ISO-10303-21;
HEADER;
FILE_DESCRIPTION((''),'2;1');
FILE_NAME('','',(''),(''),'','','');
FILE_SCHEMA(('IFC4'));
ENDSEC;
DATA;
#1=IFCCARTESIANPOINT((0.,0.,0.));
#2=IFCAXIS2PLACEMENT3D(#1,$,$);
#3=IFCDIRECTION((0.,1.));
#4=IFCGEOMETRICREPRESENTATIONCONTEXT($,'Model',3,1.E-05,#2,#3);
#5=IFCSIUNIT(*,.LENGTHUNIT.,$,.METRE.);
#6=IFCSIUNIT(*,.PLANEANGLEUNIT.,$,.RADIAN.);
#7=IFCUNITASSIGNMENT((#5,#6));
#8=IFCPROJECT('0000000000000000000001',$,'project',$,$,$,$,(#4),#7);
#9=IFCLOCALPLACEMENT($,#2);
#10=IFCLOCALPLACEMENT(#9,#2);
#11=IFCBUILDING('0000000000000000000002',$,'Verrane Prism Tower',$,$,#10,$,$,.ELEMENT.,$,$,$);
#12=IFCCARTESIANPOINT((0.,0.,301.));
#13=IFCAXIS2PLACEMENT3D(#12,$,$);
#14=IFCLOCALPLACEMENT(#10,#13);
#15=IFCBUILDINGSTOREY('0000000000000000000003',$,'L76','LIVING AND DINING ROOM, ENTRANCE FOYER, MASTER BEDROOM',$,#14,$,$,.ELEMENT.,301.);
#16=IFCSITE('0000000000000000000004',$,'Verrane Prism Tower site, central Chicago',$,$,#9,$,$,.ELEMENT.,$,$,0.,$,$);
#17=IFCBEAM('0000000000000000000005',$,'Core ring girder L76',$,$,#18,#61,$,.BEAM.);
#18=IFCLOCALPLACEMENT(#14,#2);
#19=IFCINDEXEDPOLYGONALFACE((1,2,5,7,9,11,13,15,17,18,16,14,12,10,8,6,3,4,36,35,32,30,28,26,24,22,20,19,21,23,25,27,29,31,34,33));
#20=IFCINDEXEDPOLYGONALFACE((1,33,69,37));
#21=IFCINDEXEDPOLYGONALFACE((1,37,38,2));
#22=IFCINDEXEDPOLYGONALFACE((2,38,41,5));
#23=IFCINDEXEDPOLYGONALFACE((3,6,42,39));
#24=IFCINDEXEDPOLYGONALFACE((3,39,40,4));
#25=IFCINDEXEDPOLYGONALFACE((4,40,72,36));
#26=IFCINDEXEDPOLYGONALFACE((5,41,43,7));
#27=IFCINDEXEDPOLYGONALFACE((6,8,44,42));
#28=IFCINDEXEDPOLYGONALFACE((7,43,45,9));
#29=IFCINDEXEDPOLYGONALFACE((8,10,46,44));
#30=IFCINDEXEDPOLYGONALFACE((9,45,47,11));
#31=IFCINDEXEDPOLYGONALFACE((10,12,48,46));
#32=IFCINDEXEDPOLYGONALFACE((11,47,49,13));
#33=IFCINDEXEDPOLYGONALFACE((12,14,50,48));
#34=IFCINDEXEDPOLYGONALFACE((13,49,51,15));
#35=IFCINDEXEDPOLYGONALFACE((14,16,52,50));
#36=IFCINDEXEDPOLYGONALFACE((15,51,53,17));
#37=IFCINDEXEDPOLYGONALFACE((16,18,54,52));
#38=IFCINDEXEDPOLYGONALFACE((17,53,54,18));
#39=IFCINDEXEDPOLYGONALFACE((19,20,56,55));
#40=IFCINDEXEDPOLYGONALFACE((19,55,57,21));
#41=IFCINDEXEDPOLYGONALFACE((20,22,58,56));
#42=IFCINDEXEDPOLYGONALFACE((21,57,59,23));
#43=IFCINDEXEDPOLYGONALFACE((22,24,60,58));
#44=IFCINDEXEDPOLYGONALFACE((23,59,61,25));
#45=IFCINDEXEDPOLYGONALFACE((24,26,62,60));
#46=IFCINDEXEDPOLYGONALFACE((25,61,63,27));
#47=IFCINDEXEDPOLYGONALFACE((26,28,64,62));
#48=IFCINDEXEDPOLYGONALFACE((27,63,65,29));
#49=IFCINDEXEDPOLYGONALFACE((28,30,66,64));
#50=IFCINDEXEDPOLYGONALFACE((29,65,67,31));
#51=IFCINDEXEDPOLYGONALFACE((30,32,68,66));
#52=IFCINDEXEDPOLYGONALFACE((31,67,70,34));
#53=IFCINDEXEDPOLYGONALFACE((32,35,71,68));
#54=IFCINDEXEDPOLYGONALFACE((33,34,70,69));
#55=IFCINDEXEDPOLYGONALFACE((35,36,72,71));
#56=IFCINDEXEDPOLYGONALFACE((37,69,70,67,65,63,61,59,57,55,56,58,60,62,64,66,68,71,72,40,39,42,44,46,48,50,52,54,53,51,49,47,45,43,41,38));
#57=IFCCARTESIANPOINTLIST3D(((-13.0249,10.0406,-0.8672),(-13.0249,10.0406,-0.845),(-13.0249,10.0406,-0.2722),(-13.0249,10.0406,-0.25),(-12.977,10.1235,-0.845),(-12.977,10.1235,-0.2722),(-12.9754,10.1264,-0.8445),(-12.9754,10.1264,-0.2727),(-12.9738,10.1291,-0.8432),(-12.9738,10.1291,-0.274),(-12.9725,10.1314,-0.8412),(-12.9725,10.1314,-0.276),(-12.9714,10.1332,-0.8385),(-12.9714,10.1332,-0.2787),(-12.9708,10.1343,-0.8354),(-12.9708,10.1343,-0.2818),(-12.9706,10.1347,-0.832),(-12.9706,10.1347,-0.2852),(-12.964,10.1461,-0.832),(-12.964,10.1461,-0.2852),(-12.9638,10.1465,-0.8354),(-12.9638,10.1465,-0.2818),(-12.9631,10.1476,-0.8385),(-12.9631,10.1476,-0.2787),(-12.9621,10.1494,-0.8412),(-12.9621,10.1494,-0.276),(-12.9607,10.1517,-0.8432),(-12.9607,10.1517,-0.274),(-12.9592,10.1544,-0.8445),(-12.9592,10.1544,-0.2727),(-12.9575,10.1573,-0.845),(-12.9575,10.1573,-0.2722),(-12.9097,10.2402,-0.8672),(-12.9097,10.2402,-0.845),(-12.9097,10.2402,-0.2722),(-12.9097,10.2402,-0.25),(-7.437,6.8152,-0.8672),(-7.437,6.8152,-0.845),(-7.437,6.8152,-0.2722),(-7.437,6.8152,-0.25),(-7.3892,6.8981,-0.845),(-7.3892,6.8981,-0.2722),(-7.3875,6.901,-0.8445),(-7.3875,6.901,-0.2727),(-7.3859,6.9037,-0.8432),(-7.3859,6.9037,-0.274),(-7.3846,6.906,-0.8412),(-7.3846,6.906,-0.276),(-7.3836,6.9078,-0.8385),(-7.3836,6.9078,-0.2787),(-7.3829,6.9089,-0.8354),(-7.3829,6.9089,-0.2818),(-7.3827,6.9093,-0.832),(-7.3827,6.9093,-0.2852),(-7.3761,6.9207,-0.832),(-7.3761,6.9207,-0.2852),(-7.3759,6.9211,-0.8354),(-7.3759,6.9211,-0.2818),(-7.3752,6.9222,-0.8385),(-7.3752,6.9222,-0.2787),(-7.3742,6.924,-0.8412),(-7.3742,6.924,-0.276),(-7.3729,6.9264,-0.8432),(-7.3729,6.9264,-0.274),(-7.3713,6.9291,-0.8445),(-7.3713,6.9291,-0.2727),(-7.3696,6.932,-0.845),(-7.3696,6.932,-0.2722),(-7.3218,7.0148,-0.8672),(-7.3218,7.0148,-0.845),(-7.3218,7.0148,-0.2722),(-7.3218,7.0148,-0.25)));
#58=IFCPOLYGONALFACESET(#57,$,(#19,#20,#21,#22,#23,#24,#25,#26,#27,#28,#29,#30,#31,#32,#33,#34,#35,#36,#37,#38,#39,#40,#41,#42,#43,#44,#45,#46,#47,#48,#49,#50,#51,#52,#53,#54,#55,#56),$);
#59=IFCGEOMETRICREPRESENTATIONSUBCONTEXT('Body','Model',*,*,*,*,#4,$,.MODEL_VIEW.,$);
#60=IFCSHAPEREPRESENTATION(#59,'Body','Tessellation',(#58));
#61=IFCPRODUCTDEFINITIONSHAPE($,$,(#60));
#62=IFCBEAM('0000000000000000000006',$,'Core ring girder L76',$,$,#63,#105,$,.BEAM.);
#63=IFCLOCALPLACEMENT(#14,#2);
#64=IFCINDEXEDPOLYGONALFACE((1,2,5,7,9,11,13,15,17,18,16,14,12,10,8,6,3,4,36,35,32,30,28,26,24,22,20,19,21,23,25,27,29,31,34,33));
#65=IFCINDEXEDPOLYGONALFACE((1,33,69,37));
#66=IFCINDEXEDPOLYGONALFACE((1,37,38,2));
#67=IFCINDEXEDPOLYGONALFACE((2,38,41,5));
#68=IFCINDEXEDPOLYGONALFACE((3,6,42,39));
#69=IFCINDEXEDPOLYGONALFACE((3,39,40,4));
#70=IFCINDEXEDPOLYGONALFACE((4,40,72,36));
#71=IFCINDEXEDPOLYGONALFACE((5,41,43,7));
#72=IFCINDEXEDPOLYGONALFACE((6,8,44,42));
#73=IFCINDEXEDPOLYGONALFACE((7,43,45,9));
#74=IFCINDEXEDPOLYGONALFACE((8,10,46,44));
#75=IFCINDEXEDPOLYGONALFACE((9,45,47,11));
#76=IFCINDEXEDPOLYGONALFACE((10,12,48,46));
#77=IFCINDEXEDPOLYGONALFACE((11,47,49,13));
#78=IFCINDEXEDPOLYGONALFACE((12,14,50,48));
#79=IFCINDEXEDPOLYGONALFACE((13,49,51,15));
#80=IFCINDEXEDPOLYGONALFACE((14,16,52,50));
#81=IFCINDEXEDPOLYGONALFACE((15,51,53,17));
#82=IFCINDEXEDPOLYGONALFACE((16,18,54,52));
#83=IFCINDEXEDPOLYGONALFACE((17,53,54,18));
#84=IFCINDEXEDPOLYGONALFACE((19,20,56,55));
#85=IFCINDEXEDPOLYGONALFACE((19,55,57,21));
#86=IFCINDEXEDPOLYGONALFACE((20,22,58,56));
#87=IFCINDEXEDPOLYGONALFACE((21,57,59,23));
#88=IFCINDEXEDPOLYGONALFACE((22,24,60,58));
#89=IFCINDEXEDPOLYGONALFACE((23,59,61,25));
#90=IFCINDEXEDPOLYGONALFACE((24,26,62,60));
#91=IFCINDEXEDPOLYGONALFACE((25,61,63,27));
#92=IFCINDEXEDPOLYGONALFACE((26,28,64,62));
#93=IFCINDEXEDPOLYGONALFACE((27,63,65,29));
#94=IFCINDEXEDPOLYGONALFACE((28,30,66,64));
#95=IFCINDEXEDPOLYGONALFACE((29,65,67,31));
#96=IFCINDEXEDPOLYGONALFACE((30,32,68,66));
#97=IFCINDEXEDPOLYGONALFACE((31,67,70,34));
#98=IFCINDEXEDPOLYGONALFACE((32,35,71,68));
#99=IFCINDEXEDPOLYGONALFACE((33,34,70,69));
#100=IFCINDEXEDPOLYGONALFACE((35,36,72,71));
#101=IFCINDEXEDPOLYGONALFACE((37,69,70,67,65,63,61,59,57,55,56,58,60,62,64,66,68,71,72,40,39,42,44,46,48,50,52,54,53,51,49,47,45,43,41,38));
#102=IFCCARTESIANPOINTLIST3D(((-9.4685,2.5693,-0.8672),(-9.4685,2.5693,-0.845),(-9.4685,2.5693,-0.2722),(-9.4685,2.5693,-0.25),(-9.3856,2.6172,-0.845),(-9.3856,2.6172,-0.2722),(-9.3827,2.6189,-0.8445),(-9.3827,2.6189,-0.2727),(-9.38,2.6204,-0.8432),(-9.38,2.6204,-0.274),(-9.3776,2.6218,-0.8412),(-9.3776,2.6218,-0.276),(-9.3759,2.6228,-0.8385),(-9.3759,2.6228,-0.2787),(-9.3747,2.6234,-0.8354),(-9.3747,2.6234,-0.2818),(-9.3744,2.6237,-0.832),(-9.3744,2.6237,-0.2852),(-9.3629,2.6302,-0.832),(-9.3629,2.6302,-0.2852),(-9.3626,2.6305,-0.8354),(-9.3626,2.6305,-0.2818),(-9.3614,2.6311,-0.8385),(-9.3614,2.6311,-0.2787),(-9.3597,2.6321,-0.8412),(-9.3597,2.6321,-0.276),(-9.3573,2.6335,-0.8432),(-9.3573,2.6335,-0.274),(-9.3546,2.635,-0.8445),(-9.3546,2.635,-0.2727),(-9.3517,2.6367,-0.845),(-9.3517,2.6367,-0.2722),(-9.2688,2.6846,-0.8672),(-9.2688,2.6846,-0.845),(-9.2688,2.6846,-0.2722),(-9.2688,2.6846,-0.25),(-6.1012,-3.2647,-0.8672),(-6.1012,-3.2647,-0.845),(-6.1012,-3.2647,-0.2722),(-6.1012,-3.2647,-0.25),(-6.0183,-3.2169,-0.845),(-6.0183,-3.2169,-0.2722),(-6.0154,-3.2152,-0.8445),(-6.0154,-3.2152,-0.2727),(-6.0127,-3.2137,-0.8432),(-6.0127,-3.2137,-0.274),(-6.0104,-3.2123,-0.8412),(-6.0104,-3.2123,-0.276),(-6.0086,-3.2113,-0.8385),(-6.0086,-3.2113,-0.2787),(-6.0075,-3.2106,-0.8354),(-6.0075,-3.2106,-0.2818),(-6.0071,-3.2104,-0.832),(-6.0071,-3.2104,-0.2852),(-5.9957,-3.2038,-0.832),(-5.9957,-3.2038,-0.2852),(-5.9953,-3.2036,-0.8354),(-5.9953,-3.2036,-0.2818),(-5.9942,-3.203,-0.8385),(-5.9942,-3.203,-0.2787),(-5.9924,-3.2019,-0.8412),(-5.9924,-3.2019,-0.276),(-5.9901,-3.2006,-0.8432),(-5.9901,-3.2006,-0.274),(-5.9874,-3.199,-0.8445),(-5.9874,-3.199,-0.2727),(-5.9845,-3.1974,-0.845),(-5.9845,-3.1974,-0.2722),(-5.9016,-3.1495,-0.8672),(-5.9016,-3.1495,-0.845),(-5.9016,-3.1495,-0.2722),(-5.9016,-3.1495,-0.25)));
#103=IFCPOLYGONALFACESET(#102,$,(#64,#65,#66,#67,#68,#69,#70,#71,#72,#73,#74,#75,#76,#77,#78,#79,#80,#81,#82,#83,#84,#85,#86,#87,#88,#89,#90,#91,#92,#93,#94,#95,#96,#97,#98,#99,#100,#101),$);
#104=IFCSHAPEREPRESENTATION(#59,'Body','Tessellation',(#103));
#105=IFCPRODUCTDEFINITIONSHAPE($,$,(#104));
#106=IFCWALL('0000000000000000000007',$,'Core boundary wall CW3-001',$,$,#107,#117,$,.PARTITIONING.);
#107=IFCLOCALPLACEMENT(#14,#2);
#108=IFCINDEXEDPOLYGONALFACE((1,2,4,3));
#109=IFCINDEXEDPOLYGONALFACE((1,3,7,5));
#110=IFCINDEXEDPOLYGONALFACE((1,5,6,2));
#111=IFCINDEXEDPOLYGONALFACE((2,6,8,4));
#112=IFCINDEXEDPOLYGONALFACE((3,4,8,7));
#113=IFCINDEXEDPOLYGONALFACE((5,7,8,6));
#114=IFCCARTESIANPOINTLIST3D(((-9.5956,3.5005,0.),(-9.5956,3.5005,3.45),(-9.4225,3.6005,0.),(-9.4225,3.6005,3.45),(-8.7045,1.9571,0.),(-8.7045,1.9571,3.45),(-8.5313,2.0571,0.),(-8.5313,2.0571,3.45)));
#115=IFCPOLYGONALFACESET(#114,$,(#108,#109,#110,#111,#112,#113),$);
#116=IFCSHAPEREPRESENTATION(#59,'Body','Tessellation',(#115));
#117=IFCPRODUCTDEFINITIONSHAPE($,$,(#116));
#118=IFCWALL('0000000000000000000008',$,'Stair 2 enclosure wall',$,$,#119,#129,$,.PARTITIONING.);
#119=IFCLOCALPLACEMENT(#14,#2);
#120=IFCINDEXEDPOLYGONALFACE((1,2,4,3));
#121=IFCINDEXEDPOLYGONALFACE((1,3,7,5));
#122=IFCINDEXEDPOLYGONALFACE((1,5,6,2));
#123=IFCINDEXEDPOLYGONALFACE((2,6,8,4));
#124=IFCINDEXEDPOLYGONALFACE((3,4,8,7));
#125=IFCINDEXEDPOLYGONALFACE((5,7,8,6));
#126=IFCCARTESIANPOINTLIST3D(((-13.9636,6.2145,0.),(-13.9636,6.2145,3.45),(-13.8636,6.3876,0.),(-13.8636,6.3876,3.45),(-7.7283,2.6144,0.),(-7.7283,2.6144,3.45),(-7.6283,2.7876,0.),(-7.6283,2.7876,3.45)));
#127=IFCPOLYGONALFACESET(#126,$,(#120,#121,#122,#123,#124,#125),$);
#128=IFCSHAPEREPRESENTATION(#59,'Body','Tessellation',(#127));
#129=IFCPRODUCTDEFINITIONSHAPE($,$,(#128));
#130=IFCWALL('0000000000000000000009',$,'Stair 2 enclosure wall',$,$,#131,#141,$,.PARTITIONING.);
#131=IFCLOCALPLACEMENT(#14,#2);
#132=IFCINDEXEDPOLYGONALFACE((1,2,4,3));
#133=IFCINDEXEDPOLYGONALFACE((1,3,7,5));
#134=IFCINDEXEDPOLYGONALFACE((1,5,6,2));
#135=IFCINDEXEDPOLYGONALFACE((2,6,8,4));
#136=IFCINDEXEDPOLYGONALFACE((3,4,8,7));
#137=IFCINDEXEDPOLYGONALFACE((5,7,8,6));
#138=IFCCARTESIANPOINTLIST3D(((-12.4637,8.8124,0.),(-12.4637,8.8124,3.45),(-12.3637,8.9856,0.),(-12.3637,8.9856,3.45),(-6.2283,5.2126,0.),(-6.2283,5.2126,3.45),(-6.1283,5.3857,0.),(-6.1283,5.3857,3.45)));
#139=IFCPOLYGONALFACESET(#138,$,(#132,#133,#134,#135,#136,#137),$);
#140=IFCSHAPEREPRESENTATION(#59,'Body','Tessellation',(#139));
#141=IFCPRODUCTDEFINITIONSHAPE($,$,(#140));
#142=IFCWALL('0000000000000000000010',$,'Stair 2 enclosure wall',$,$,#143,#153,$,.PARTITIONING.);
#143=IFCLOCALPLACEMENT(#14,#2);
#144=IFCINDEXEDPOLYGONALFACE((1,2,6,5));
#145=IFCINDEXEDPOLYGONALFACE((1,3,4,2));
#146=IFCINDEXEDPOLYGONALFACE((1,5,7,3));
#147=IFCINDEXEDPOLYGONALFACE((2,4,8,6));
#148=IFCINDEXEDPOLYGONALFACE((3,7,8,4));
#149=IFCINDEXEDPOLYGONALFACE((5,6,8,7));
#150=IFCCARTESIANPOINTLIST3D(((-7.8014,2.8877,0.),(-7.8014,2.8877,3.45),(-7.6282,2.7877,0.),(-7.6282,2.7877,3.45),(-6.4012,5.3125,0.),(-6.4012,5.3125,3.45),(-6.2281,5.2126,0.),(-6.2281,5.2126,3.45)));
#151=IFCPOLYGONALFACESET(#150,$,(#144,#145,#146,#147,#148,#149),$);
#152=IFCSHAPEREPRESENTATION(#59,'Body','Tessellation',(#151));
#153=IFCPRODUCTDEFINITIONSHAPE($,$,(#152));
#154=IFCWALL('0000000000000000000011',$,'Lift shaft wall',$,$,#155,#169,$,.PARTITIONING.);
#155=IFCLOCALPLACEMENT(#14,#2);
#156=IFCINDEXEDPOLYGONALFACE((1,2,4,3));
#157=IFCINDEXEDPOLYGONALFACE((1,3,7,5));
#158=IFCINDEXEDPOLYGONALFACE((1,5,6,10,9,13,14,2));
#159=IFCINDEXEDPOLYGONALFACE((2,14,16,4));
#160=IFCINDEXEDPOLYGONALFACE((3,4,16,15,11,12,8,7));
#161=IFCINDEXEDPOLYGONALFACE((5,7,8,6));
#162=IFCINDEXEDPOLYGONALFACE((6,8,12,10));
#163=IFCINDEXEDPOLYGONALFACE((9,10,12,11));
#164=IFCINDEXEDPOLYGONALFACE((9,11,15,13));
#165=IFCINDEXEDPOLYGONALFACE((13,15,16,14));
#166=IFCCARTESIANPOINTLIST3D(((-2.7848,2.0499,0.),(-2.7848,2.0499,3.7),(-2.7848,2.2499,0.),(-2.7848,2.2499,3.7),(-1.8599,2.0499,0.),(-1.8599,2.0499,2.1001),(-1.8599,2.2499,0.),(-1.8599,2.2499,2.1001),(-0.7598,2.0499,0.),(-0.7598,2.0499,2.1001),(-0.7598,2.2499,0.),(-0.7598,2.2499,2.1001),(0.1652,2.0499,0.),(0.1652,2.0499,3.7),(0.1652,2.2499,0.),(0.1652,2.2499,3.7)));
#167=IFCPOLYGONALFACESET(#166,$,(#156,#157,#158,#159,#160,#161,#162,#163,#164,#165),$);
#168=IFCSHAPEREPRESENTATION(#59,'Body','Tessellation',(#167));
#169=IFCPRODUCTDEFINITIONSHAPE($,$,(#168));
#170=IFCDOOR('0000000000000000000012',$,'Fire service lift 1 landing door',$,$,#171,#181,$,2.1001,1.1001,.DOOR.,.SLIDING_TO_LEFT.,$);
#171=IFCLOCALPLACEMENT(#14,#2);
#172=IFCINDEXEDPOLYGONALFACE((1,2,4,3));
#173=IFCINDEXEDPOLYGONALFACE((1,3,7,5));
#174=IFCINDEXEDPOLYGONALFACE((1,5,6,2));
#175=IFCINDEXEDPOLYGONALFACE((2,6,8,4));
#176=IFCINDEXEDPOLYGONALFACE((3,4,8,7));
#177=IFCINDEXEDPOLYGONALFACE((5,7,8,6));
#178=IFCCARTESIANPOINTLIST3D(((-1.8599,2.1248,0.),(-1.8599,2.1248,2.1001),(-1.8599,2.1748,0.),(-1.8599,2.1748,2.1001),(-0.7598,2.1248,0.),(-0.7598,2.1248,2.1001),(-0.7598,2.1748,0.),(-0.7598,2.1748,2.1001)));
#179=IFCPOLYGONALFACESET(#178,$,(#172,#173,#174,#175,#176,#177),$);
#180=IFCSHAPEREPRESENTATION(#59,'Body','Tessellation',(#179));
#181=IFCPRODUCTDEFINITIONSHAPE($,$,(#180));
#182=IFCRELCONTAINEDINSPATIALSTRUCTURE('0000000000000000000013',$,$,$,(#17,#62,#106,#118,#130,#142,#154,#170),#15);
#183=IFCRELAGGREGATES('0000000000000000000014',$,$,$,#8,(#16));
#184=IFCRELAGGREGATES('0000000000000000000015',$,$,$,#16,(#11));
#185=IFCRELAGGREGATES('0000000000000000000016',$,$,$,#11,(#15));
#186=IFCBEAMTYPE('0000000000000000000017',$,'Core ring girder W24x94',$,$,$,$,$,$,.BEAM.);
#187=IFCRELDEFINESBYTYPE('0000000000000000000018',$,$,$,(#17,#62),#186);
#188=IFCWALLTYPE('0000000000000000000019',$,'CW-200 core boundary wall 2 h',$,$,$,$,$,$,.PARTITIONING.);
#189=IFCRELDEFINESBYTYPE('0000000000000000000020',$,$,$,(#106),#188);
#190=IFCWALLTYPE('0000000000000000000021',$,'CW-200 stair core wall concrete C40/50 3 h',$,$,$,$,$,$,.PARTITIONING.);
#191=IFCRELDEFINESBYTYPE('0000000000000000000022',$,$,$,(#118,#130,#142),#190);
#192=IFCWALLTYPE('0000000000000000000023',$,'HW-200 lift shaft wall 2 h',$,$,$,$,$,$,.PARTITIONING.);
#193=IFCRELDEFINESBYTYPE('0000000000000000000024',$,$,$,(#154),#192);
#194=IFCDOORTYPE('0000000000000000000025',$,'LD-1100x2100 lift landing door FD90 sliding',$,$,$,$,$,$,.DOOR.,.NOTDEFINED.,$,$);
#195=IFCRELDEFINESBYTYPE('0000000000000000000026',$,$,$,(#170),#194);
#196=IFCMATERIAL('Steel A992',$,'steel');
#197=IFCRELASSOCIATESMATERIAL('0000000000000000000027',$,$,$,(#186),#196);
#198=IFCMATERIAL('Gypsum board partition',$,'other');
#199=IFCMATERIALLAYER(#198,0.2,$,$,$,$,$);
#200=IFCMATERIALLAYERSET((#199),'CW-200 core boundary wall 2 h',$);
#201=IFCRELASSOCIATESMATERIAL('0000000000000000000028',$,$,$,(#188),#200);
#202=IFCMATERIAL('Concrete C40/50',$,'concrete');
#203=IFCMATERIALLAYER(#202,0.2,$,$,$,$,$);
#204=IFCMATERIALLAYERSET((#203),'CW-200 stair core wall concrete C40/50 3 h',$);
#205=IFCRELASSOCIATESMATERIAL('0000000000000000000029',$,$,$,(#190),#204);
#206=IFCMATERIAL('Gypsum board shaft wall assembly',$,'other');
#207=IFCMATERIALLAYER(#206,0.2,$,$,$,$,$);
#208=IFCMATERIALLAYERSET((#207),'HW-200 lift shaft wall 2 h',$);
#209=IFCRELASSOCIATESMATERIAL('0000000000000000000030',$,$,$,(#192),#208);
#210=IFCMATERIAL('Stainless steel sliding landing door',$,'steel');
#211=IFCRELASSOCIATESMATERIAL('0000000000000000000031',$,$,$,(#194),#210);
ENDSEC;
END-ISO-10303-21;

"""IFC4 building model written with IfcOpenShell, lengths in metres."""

from ifc_helpers import new_model, si_unit, direction, frame, frame_2d, origin, origin_2d, place, context, subcontext, project, spatial, rectangle, i_section, extrude, material, layer, layer_set, material_profile, profile_set, type_object, element, fill, save


model = new_model("IFC4")

# Units and contexts
model_context = context("Model", 3, precision=1e-05, world=origin(), true_north=direction((0.0, 1.0)))
body_context = subcontext(model_context, "Body", "Model", "MODEL_VIEW")
ifc_project = project(units=[si_unit("LENGTHUNIT", "METRE"), si_unit("PLANEANGLEUNIT", "RADIAN")], contexts=[model_context])

# Site, building, storey
site_placement = place(None, origin())
site = spatial("IfcSite", under=ifc_project, at=site_placement, Name="Verrane Prism Tower site, central Chicago", CompositionType="ELEMENT", RefElevation=0.0)
building_placement = place(site_placement, origin())
building = spatial("IfcBuilding", under=site, at=building_placement, Name="Verrane Prism Tower", CompositionType="ELEMENT")
storey_placement = place(building_placement, frame((0.0, 0.0, 301.0)))
storey = spatial("IfcBuildingStorey", under=building, at=storey_placement, Name="L76", Description="LIVING AND DINING ROOM, ENTRANCE FOYER, MASTER BEDROOM", CompositionType="ELEMENT", Elevation=301.0)

# Beams
ifc_material_1 = material(Name="Steel A992", Category="steel")
ifc_material_profile_1 = material_profile(ifc_material_1, i_section(OverallWidth=0.2305, OverallDepth=0.6172, WebThickness=0.0132, FlangeThickness=0.0222, FilletRadius=0.0129, at=origin_2d()), Name="W24x94")
ifc_profile_set_1 = profile_set([ifc_material_profile_1], Name="Steel A992")
beam_type = type_object("IfcBeamType", Name="Core ring girder W24x94", PredefinedType="BEAM", material=ifc_profile_set_1)
beam_1_placement = place(storey_placement, frame((-7.3794, 6.915, -0.5586), z_axis=(-0.866081, 0.499904, 0.0), x_axis=(-0.499904, -0.866081, 0.0)))
element("IfcBeam", 1, at=beam_1_placement, inside=storey, type_object=beam_type, Name="Core ring girder L76", PredefinedType="BEAM", context=body_context, shape_type="SweptSolid", body=[
    extrude(i_section(OverallWidth=0.2305, OverallDepth=0.6172, WebThickness=0.0132, FlangeThickness=0.0222, FilletRadius=0.0129, at=origin_2d()), origin(), (0.0, 0.0, 1.0), 6.4519),
])
beam_2_placement = place(storey_placement, frame((-9.3687, 2.627, -0.5586), z_axis=(0.499881, -0.866094, 0.0), x_axis=(0.866094, 0.499881, 0.0)))
element("IfcBeam", 2, at=beam_2_placement, inside=storey, type_object=beam_type, Name="Core ring girder L76", PredefinedType="BEAM", context=body_context, shape_type="SweptSolid", body=[
    extrude(i_section(OverallWidth=0.2305, OverallDepth=0.6172, WebThickness=0.0132, FlangeThickness=0.0222, FilletRadius=0.0129, at=origin_2d()), origin(), (0.0, 0.0, 1.0), 6.7361),
])

# Walls
ifc_material_2 = material(Name="Gypsum board partition", Category="other")
ifc_layer_1 = layer(ifc_material_2, 0.2)
ifc_layer_set_1 = layer_set([ifc_layer_1], Name="CW-200 core boundary wall 2 h")
wall_type_1 = type_object("IfcWallType", Name="CW-200 core boundary wall 2 h", PredefinedType="PARTITIONING", material=ifc_layer_set_1)
wall_1_placement = place(storey_placement, frame((-9.509, 3.5505, 0.0), z_axis=(0.0, 0.0, 1.0), x_axis=(0.499999, -0.866026, 0.0)))
element("IfcWall", 3, at=wall_1_placement, inside=storey, type_object=wall_type_1, Name="Core boundary wall CW3-001", PredefinedType="PARTITIONING", context=body_context, shape_type="SweptSolid", body=[
    extrude(rectangle(XDim=1.7822, YDim=0.2, at=frame_2d((0.8911, 0.0))), origin(), (0.0, 0.0, 1.0), 3.45),
])
ifc_material_3 = material(Name="Concrete C40/50", Category="concrete")
ifc_layer_2 = layer(ifc_material_3, 0.2)
ifc_layer_set_2 = layer_set([ifc_layer_2], Name="CW-200 stair core wall concrete C40/50 3 h")
wall_type_2 = type_object("IfcWallType", Name="CW-200 stair core wall concrete C40/50 3 h", PredefinedType="PARTITIONING", material=ifc_layer_set_2)
for number, where, z_axis, x_axis, name in (
    (4, (-7.6782, 2.7009, 0.0), (0.0, 0.0, 1.0), (-0.866018, 0.500012, 0.0), "Stair 2 enclosure wall"),
    (5, (-6.1782, 5.2991, 0.0), (0.0, 0.0, 1.0), (-0.866033, 0.499987, 0.0), "Stair 2 enclosure wall"),
):
    element("IfcWall", number, at=place(storey_placement, frame(where, z_axis=z_axis, x_axis=x_axis)), inside=storey, type_object=wall_type_2, Name=name, PredefinedType="PARTITIONING", context=body_context, shape_type="SweptSolid", body=[
        extrude(rectangle(XDim=7.2, YDim=0.2, at=frame_2d((3.6001, 0.0))), origin(), (0.0, 0.0, 1.0), 3.45),
    ])
wall_2_placement = place(storey_placement, frame((-6.3147, 5.2625, 0.0), z_axis=(0.0, 0.0, 1.0), x_axis=(-0.50005, -0.865997, 0.0)))
element("IfcWall", 6, at=wall_2_placement, inside=storey, type_object=wall_type_2, Name="Stair 2 enclosure wall", PredefinedType="PARTITIONING", context=body_context, shape_type="SweptSolid", body=[
    extrude(rectangle(XDim=2.8, YDim=0.2, at=frame_2d((1.3999, 0.0))), origin(), (0.0, 0.0, 1.0), 3.45),
])

# Wall, opening, door
ifc_material_4 = material(Name="Gypsum board shaft wall assembly", Category="other")
ifc_layer_3 = layer(ifc_material_4, 0.2)
ifc_layer_set_3 = layer_set([ifc_layer_3], Name="HW-200 lift shaft wall 2 h")
wall_type_3 = type_object("IfcWallType", Name="HW-200 lift shaft wall 2 h", PredefinedType="PARTITIONING", material=ifc_layer_set_3)
wall_3_placement = place(storey_placement, frame((-2.7849, 2.1499, 0.0), z_axis=(0.0, 0.0, 1.0), x_axis=(1.0, 0.0, 0.0)))
wall_3 = element("IfcWall", 7, at=wall_3_placement, inside=storey, type_object=wall_type_3, Name="Lift shaft wall", PredefinedType="PARTITIONING", context=body_context, shape_type="SweptSolid", body=[
    extrude(rectangle(XDim=2.95, YDim=0.2, at=frame_2d((1.4751, 0.0))), origin(), (0.0, 0.0, 1.0), 3.7),
])
opening_1_placement = place(wall_3_placement, frame((0.925, 0.0, 0.0)))
opening_1 = element("IfcOpeningElement", 8, at=opening_1_placement, cuts=wall_3, PredefinedType="OPENING", context=body_context, shape_type="SweptSolid", body=[
    extrude(rectangle(XDim=1.1001, YDim=2.1001, at=frame_2d((0.55, 1.05))), frame((0.0, 0.1099, 0.0), z_axis=(0.0, -1.0, 0.0), x_axis=(1.0, 0.0, 0.0)), (0.0, 0.0, 1.0), 0.22),
])
ifc_material_5 = material(Name="Stainless steel sliding landing door", Category="steel")
door_type_1 = type_object("IfcDoorType", Name="LD-1100x2100 lift landing door FD90 sliding", OperationType="NOTDEFINED", PredefinedType="DOOR", material=ifc_material_5)
door_1_placement = place(opening_1_placement, origin())
door_1 = element("IfcDoor", 9, at=door_1_placement, inside=storey, type_object=door_type_1, Name="Fire service lift 1 landing door", OperationType="SLIDING_TO_LEFT", OverallHeight=2.1001, OverallWidth=1.1001, PredefinedType="DOOR", context=body_context, shape_type="SweptSolid", body=[
    extrude(rectangle(XDim=1.1001, YDim=2.1001, at=frame_2d((0.55, 1.05))), frame((0.0, 0.0249, 0.0), z_axis=(0.0, -1.0, 0.0), x_axis=(1.0, 0.0, 0.0)), (0.0, 0.0, 1.0), 0.05),
])
fill(opening_1, door_1)

save(model, "model.ifc")
